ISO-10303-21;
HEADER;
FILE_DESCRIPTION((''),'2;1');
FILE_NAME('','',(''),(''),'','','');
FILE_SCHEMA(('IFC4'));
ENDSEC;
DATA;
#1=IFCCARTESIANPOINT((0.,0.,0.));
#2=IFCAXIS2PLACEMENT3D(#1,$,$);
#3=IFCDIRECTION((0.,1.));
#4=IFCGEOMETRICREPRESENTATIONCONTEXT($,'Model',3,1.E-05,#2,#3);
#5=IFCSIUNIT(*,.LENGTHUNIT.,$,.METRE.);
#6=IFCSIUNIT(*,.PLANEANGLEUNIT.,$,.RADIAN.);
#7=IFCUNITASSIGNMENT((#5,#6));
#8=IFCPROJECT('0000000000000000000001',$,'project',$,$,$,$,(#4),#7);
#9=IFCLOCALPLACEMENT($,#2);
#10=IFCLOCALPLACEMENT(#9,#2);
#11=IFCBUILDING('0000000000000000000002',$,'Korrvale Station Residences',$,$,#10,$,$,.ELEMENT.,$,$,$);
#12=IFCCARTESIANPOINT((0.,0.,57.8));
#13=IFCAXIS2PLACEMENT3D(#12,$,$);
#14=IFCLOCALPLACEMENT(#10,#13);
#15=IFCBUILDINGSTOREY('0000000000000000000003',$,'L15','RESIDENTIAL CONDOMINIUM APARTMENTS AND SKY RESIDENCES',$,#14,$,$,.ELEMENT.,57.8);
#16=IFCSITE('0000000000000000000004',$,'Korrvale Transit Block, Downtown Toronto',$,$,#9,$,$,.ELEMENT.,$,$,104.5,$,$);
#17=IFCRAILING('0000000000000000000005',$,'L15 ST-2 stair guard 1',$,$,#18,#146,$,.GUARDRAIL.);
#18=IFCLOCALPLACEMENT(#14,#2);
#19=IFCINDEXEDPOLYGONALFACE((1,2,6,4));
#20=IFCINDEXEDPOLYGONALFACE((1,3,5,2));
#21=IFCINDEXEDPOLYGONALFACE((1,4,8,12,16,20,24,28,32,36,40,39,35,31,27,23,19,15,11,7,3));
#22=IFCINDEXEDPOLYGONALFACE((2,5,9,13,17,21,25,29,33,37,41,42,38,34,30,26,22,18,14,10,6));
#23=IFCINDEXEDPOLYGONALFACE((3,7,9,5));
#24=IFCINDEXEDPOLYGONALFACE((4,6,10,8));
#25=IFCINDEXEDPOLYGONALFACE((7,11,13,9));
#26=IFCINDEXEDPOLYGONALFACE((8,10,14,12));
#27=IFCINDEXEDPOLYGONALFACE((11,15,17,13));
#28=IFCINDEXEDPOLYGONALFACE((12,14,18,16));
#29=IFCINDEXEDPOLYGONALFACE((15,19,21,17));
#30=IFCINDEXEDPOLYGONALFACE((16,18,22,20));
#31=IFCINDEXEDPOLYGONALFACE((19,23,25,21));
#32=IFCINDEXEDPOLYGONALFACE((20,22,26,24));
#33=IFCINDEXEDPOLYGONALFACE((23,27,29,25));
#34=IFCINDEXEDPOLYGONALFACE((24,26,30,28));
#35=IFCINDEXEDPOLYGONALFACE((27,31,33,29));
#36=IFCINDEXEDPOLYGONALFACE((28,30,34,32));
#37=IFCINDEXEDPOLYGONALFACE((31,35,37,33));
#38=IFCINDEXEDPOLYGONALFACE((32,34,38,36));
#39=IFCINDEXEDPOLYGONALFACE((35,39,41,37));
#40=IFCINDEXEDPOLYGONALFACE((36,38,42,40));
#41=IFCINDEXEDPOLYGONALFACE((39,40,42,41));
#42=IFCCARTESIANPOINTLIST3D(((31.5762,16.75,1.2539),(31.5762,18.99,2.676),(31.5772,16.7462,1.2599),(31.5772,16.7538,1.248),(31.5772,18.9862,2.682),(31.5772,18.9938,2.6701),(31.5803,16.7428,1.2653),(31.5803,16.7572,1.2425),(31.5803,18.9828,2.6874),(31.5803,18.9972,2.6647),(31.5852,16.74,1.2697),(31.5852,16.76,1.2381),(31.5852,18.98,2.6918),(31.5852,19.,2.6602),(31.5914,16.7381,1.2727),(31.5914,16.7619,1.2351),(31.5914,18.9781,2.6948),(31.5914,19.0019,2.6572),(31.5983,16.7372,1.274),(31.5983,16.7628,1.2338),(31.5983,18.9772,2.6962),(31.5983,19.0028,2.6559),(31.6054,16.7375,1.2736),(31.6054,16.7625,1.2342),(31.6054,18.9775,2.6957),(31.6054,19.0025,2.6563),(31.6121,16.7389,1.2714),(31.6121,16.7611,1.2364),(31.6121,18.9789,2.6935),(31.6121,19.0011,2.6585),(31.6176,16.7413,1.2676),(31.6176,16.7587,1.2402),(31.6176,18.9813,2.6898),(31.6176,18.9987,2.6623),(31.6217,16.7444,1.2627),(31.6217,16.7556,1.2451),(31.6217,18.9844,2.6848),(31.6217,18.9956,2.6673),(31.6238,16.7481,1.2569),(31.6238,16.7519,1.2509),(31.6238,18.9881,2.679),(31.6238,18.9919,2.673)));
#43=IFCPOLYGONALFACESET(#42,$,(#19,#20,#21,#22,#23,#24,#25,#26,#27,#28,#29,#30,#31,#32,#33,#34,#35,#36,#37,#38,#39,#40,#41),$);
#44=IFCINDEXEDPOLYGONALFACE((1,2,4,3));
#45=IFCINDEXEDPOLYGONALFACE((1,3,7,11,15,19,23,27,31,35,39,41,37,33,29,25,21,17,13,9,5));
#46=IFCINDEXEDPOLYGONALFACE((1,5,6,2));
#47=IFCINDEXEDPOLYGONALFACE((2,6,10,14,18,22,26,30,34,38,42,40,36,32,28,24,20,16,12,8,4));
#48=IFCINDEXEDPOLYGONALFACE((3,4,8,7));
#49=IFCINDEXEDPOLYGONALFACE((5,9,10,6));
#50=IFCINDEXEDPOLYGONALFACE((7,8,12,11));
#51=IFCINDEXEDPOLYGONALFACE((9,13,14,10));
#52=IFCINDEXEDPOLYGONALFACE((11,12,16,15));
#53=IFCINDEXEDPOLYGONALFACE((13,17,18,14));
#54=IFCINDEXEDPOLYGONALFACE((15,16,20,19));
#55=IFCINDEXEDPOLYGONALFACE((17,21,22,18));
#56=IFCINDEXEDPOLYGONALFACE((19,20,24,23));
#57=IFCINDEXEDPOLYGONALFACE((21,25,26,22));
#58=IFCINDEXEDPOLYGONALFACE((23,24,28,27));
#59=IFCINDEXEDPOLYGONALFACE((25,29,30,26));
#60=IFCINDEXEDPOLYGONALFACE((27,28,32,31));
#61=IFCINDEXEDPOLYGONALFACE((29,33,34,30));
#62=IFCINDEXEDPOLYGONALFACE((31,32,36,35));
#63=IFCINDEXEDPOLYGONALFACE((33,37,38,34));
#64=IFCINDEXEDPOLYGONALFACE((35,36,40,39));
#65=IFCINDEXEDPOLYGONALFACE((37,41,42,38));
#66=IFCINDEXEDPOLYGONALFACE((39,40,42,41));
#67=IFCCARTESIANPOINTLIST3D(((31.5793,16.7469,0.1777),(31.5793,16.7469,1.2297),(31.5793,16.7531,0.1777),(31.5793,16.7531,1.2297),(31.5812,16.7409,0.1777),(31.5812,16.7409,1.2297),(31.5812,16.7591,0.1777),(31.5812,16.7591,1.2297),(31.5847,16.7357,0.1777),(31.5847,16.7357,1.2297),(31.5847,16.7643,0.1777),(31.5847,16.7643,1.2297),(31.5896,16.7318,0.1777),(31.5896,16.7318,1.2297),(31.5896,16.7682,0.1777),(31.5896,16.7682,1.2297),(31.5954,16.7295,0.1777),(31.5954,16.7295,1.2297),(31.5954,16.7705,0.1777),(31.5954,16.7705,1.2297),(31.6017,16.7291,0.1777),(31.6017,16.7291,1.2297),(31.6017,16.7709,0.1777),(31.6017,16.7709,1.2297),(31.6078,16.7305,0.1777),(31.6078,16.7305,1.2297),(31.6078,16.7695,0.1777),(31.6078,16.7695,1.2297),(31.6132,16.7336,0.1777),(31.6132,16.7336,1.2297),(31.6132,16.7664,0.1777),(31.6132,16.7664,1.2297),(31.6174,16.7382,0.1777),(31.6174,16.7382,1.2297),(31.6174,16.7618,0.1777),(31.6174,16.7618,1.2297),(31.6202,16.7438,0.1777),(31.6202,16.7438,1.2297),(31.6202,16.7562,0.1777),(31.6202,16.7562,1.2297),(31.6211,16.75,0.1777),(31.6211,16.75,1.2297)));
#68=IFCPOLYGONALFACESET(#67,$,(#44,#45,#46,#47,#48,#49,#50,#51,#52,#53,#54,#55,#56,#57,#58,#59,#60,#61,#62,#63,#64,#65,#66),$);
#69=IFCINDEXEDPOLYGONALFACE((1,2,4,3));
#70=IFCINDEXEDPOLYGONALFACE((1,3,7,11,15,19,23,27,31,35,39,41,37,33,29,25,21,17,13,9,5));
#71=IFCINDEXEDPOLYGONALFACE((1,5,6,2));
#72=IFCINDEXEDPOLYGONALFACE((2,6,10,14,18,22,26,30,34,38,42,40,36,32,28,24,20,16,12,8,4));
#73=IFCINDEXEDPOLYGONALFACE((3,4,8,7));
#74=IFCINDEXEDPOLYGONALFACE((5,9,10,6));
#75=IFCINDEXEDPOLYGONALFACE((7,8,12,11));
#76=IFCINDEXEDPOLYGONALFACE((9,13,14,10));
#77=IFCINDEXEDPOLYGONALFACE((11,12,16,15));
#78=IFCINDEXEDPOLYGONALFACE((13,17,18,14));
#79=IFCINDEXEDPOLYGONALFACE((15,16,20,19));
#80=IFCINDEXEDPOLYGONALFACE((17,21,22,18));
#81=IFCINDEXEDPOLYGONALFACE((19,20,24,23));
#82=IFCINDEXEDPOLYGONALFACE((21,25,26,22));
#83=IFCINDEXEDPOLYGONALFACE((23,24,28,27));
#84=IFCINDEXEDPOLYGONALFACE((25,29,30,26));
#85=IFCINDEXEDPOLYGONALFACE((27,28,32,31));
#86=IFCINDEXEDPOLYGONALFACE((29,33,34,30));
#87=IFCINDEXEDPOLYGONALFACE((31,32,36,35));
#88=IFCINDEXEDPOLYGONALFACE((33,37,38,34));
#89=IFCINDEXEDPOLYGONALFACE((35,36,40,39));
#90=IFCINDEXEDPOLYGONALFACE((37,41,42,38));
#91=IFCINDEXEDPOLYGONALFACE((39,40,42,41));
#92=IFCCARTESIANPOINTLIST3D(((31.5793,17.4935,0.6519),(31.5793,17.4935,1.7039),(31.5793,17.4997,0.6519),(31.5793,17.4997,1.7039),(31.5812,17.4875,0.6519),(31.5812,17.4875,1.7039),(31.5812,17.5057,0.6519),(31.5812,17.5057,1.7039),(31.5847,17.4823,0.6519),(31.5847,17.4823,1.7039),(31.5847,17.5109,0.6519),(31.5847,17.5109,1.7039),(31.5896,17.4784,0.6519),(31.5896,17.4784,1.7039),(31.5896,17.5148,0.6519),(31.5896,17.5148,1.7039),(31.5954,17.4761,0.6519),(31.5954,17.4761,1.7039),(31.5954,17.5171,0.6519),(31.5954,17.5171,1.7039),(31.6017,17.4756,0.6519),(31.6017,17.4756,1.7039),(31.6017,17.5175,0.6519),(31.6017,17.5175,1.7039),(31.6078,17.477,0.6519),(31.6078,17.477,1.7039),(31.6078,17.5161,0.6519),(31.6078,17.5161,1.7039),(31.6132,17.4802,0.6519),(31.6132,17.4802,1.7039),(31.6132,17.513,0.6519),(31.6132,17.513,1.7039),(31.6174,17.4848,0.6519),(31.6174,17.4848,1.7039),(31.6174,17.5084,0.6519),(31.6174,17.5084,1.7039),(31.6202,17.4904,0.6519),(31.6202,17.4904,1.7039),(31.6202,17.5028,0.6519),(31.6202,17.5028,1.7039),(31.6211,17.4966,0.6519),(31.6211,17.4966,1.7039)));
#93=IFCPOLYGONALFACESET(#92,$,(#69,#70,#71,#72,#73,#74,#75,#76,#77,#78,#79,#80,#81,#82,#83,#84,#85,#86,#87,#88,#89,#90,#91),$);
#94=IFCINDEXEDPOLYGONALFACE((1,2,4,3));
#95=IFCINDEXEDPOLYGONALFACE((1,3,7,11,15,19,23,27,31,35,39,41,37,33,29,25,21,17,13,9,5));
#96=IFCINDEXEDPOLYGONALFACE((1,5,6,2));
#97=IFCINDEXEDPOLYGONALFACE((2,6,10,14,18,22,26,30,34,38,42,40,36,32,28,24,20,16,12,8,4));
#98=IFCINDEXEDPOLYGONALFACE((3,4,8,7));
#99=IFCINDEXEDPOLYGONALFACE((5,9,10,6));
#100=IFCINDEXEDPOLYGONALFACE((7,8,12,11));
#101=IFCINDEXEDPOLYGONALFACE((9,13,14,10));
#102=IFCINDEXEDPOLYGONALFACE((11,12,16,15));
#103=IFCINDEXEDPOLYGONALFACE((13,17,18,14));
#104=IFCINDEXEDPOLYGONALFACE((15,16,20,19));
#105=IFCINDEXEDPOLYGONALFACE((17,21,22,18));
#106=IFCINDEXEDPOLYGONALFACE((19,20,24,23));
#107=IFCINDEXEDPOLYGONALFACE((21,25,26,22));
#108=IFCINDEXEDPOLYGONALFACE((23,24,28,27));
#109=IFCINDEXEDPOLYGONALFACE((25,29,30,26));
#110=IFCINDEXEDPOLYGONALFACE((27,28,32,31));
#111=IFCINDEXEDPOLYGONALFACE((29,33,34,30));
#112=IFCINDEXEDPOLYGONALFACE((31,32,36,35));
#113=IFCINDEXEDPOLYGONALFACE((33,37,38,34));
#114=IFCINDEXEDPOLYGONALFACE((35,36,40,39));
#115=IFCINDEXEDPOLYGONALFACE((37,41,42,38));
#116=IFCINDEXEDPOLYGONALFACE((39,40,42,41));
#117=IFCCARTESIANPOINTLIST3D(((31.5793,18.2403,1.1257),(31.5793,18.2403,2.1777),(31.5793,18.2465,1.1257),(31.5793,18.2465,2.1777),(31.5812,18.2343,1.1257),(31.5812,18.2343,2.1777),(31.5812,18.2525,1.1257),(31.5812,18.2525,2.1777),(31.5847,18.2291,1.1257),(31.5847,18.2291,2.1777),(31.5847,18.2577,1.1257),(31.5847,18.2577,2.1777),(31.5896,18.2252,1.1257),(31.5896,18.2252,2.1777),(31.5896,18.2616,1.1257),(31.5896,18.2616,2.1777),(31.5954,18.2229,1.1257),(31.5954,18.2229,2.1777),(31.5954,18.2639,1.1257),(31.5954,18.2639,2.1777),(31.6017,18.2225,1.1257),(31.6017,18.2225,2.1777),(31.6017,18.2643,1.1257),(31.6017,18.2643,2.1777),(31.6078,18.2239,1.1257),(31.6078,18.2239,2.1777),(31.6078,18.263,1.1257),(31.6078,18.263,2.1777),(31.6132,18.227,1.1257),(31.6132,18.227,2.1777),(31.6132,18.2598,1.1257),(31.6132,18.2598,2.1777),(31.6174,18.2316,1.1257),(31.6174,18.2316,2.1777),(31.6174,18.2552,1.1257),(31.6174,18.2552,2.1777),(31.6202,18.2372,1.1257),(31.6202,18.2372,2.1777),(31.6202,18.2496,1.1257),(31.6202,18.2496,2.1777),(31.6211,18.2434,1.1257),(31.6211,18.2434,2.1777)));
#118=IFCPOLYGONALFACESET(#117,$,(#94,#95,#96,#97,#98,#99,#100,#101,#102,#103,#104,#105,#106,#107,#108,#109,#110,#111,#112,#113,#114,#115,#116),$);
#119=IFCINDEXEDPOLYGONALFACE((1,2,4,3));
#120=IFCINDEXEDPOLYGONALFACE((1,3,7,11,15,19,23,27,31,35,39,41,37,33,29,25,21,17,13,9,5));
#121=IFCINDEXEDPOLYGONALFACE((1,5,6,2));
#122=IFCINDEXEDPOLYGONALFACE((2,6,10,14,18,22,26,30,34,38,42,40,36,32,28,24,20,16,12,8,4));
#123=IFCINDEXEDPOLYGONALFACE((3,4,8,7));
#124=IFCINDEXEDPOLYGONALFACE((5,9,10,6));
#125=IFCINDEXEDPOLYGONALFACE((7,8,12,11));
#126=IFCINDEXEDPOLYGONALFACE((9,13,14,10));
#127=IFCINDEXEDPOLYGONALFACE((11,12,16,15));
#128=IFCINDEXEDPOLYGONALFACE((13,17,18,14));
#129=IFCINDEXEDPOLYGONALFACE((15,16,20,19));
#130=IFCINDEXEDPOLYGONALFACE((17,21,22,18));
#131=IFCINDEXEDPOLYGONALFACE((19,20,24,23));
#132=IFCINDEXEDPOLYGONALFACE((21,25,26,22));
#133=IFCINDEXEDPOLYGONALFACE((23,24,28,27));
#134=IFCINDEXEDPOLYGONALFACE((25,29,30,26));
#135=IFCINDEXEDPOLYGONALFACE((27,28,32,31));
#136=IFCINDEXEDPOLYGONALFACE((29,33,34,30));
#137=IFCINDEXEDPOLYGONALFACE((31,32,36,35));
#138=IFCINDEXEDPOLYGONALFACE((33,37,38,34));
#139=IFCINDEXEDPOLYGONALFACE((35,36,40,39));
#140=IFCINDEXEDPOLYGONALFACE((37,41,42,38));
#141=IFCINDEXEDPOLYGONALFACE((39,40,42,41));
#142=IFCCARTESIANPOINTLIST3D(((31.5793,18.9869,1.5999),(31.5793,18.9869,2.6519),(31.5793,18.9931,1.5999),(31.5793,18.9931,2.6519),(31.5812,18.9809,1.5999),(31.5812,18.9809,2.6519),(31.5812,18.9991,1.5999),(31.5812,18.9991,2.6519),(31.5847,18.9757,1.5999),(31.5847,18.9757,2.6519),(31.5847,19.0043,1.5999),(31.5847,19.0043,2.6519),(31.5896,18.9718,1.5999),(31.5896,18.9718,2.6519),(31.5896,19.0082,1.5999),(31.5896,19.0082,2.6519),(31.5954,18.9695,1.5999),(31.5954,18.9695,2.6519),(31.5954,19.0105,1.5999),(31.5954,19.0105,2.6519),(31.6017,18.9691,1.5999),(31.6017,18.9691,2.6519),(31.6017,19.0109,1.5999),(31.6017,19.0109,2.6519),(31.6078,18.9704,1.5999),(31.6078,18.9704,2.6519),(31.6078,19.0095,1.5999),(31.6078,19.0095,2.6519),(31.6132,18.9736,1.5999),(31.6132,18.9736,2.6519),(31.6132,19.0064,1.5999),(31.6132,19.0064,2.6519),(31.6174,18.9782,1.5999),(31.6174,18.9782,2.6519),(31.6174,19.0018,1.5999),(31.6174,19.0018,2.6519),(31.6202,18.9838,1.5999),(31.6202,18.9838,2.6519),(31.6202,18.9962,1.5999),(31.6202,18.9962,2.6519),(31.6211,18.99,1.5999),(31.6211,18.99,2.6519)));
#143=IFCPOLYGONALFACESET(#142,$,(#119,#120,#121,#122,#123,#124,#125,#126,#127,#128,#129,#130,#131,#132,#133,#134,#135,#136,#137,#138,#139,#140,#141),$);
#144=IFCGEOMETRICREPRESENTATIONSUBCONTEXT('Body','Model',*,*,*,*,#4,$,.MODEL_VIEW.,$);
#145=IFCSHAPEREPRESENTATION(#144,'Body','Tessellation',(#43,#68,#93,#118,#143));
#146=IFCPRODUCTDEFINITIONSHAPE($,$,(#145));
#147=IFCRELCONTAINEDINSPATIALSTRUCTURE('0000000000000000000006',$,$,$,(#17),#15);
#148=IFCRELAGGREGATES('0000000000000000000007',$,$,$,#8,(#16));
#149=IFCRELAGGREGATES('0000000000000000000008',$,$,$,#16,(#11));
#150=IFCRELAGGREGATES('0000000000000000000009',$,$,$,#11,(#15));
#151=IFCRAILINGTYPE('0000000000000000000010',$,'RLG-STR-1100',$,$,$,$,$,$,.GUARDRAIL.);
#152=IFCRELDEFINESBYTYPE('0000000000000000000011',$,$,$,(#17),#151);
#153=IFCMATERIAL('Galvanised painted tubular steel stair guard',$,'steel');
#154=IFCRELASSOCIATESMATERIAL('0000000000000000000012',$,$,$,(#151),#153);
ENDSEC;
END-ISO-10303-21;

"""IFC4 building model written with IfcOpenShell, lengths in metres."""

from ifc_helpers import new_model, si_unit, direction, frame, origin, origin_2d, place, context, subcontext, project, spatial, circle, extrude, material, type_object, element, save


model = new_model("IFC4")

# Units and contexts
model_context = context("Model", 3, precision=1e-05, world=origin(), true_north=direction((0.0, 1.0)))
body_context = subcontext(model_context, "Body", "Model", "MODEL_VIEW")
ifc_project = project(units=[si_unit("LENGTHUNIT", "METRE"), si_unit("PLANEANGLEUNIT", "RADIAN")], contexts=[model_context])

# Site, building, storey
site_placement = place(None, origin())
site = spatial("IfcSite", under=ifc_project, at=site_placement, Name="Korrvale Transit Block, Downtown Toronto", CompositionType="ELEMENT", RefElevation=104.5)
building_placement = place(site_placement, origin())
building = spatial("IfcBuilding", under=site, at=building_placement, Name="Korrvale Station Residences", CompositionType="ELEMENT")
storey_placement = place(building_placement, frame((0.0, 0.0, 57.8)))
storey = spatial("IfcBuildingStorey", under=building, at=storey_placement, Name="L15", Description="RESIDENTIAL CONDOMINIUM APARTMENTS AND SKY RESIDENCES", CompositionType="ELEMENT", Elevation=57.8)

# Railing
ifc_material_1 = material(Name="Galvanised painted tubular steel stair guard", Category="steel")
railing_type_1 = type_object("IfcRailingType", Name="RLG-STR-1100", PredefinedType="GUARDRAIL", material=ifc_material_1)
railing_1_placement = place(storey_placement, frame((31.6001, 16.75, 0.1777)))
element("IfcRailing", 1, at=railing_1_placement, inside=storey, type_object=railing_type_1, Name="L15 ST-2 stair guard 1", PredefinedType="GUARDRAIL", context=body_context, shape_type="SweptSolid", body=[
    extrude(circle(Radius=0.0239, at=origin_2d()), frame((0.0, 0.0, 1.0762), z_axis=(0.0, 0.844229, 0.535982), x_axis=(-1.0, 0.0, 0.0)), (0.0, 0.0, 1.0), 2.6533),
    extrude(circle(Radius=0.021, at=origin_2d()), origin(), (0.0, 0.0, 1.0), 1.052),
    extrude(circle(Radius=0.021, at=origin_2d()), frame((0.0, 0.7466, 0.4741)), (0.0, 0.0, 1.0), 1.052),
    extrude(circle(Radius=0.021, at=origin_2d()), frame((0.0, 1.4934, 0.948)), (0.0, 0.0, 1.0), 1.052),
    extrude(circle(Radius=0.021, at=origin_2d()), frame((0.0, 2.24, 1.4221)), (0.0, 0.0, 1.0), 1.052),
])

save(model, "model.ifc")
